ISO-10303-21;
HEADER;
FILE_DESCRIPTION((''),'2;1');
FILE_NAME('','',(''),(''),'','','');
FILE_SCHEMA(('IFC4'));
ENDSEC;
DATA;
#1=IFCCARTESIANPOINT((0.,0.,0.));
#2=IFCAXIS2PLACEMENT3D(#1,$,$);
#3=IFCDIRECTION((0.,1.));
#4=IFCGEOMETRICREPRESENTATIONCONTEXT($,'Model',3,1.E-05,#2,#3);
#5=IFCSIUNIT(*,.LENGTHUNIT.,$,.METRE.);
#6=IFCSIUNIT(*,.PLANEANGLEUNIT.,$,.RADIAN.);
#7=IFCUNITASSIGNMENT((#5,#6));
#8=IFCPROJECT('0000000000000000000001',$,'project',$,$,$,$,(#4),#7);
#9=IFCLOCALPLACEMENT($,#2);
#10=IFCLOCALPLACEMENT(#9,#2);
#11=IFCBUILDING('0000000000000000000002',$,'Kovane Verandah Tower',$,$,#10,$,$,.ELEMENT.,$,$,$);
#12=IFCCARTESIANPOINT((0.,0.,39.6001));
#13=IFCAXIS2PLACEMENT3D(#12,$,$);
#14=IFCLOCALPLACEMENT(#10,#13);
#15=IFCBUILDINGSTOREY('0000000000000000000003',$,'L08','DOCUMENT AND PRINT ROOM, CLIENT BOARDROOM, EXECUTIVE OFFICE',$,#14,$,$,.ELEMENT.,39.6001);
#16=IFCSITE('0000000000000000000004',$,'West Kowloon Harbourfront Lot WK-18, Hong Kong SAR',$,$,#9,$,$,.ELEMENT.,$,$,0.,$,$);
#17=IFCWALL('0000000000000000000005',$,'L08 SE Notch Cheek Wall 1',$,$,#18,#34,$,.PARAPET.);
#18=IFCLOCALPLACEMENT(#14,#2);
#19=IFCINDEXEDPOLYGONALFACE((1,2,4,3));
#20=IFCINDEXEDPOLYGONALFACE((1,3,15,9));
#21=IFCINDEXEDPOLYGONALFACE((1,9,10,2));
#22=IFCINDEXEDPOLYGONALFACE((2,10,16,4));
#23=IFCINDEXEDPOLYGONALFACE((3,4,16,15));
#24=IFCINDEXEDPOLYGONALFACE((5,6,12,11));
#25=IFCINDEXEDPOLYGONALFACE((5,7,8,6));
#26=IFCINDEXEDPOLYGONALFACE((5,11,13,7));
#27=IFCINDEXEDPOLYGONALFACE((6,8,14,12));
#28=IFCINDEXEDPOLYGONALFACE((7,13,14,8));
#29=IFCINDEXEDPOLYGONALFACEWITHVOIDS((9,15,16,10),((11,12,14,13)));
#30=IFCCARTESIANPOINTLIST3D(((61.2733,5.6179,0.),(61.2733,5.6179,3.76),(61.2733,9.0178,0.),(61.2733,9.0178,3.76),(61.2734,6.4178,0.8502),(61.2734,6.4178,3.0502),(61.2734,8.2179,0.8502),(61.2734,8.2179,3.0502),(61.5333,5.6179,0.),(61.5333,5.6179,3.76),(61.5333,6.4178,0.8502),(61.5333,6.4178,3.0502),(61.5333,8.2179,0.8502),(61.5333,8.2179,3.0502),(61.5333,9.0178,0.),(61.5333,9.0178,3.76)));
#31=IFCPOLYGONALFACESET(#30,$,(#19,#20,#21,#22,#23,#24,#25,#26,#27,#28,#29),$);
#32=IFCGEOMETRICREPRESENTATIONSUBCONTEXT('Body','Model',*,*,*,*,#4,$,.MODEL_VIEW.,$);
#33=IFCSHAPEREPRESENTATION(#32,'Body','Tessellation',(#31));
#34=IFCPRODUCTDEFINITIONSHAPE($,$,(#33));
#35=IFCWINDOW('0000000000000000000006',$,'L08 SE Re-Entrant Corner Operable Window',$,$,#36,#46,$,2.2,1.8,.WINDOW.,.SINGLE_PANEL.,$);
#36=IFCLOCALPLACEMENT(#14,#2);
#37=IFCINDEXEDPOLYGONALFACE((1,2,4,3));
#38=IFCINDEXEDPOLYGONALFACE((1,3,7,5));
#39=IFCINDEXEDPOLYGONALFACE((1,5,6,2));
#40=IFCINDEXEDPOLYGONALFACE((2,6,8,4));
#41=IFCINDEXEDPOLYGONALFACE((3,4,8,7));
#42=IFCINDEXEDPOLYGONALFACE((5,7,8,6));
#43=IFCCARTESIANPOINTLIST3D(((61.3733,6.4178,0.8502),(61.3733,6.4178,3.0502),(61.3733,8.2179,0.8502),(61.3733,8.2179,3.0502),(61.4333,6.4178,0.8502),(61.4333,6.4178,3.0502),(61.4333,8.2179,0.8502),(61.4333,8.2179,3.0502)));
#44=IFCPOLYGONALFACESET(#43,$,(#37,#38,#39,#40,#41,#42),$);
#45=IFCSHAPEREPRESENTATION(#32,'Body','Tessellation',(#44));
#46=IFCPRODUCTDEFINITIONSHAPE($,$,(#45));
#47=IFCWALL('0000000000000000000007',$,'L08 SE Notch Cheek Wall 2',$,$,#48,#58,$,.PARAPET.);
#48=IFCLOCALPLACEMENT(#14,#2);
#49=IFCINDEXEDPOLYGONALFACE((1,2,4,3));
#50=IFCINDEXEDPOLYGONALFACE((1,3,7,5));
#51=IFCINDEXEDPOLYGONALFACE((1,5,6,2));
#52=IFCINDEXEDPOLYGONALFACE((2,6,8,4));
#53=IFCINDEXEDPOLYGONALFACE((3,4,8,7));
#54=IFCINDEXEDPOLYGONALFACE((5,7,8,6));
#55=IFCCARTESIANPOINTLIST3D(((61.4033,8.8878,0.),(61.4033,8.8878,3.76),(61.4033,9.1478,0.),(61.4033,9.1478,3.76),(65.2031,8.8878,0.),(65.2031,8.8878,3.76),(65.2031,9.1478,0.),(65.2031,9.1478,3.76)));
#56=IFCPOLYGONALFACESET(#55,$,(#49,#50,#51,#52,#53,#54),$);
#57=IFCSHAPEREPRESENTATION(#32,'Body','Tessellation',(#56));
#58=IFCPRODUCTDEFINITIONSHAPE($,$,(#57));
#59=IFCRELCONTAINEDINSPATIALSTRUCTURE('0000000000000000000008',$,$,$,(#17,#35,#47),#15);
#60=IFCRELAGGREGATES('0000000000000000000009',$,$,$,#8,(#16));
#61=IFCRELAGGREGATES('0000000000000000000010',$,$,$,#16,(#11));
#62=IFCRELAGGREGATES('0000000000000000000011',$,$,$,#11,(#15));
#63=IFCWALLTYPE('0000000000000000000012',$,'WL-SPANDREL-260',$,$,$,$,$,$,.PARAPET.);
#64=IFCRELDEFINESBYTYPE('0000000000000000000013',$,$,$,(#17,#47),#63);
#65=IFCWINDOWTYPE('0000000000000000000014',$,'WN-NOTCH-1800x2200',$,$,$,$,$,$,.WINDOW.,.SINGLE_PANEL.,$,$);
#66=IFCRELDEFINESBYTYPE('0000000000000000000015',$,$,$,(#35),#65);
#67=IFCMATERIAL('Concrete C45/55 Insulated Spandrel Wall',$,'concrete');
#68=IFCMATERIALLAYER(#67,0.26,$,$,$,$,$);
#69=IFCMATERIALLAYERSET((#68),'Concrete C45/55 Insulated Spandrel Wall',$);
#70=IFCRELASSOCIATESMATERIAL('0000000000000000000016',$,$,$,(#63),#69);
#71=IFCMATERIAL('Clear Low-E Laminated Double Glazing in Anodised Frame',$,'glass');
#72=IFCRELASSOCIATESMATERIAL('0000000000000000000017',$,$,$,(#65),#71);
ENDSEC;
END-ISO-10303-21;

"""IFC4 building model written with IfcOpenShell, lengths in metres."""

from ifc_helpers import new_model, si_unit, direction, frame, frame_2d, origin, place, context, subcontext, project, spatial, rectangle, extrude, material, layer, layer_set, type_object, element, fill, save


model = new_model("IFC4")

# Units and contexts
model_context = context("Model", 3, precision=1e-05, world=origin(), true_north=direction((0.0, 1.0)))
body_context = subcontext(model_context, "Body", "Model", "MODEL_VIEW")
ifc_project = project(units=[si_unit("LENGTHUNIT", "METRE"), si_unit("PLANEANGLEUNIT", "RADIAN")], contexts=[model_context])

# Site, building, storey
site_placement = place(None, origin())
site = spatial("IfcSite", under=ifc_project, at=site_placement, Name="West Kowloon Harbourfront Lot WK-18, Hong Kong SAR", CompositionType="ELEMENT", RefElevation=0.0)
building_placement = place(site_placement, origin())
building = spatial("IfcBuilding", under=site, at=building_placement, Name="Kovane Verandah Tower", CompositionType="ELEMENT")
storey_placement = place(building_placement, frame((0.0, 0.0, 39.6001)))
storey = spatial("IfcBuildingStorey", under=building, at=storey_placement, Name="L08", Description="DOCUMENT AND PRINT ROOM, CLIENT BOARDROOM, EXECUTIVE OFFICE", CompositionType="ELEMENT", Elevation=39.6001)

# Shared definitions
ifc_material_1 = material(Name="Concrete C45/55 Insulated Spandrel Wall", Category="concrete")
ifc_layer_1 = layer(ifc_material_1, 0.26)
ifc_layer_set_1 = layer_set([ifc_layer_1], Name="Concrete C45/55 Insulated Spandrel Wall")
wall_type = type_object("IfcWallType", Name="WL-SPANDREL-260", PredefinedType="PARAPET", material=ifc_layer_set_1)
ifc_material_2 = material(Name="Clear Low-E Laminated Double Glazing in Anodised Frame", Category="glass")
window_type = type_object("IfcWindowType", Name="WN-NOTCH-1800x2200", PartitioningType="SINGLE_PANEL", PredefinedType="WINDOW", material=ifc_material_2)

# Wall, opening, window
wall_1_placement = place(storey_placement, frame((61.4033, 5.6179, 0.0), z_axis=(0.0, 0.0, 1.0), x_axis=(0.0, 1.0, 0.0)))
wall_1 = element("IfcWall", 1, at=wall_1_placement, inside=storey, type_object=wall_type, Name="L08 SE Notch Cheek Wall 1", PredefinedType="PARAPET", context=body_context, shape_type="SweptSolid", body=[
    extrude(rectangle(XDim=3.3999, YDim=0.26, at=frame_2d((1.7, 0.0))), origin(), (0.0, 0.0, 1.0), 3.76),
])
opening_1_placement = place(wall_1_placement, frame((0.8, 0.0, 0.8501)))
opening_1 = element("IfcOpeningElement", 2, at=opening_1_placement, cuts=wall_1, PredefinedType="OPENING", context=body_context, shape_type="SweptSolid", body=[
    extrude(rectangle(XDim=1.8, YDim=2.2, at=frame_2d((0.8999, 1.1001))), frame((0.0, 0.1299, 0.0), z_axis=(0.0, -1.0, 0.0), x_axis=(1.0, 0.0, 0.0)), (0.0, 0.0, 1.0), 0.26),
])
window_1_placement = place(opening_1_placement, origin())
window_1 = element("IfcWindow", 3, at=window_1_placement, inside=storey, type_object=window_type, Name="L08 SE Re-Entrant Corner Operable Window", OverallHeight=2.2, OverallWidth=1.8, PartitioningType="SINGLE_PANEL", PredefinedType="WINDOW", context=body_context, shape_type="SweptSolid", body=[
    extrude(rectangle(XDim=1.8, YDim=2.2, at=frame_2d((0.8999, 1.1001))), frame((0.0, 0.03, 0.0), z_axis=(0.0, -1.0, 0.0), x_axis=(1.0, 0.0, 0.0)), (0.0, 0.0, 1.0), 0.0601),
])
fill(opening_1, window_1)

# Wall
wall_2_placement = place(storey_placement, frame((61.4033, 9.0178, 0.0), z_axis=(0.0, 0.0, 1.0), x_axis=(1.0, 0.0, 0.0)))
element("IfcWall", 4, at=wall_2_placement, inside=storey, type_object=wall_type, Name="L08 SE Notch Cheek Wall 2", PredefinedType="PARAPET", context=body_context, shape_type="SweptSolid", body=[
    extrude(rectangle(XDim=3.7998, YDim=0.26, at=frame_2d((1.8999, 0.0))), origin(), (0.0, 0.0, 1.0), 3.76),
])

save(model, "model.ifc")
